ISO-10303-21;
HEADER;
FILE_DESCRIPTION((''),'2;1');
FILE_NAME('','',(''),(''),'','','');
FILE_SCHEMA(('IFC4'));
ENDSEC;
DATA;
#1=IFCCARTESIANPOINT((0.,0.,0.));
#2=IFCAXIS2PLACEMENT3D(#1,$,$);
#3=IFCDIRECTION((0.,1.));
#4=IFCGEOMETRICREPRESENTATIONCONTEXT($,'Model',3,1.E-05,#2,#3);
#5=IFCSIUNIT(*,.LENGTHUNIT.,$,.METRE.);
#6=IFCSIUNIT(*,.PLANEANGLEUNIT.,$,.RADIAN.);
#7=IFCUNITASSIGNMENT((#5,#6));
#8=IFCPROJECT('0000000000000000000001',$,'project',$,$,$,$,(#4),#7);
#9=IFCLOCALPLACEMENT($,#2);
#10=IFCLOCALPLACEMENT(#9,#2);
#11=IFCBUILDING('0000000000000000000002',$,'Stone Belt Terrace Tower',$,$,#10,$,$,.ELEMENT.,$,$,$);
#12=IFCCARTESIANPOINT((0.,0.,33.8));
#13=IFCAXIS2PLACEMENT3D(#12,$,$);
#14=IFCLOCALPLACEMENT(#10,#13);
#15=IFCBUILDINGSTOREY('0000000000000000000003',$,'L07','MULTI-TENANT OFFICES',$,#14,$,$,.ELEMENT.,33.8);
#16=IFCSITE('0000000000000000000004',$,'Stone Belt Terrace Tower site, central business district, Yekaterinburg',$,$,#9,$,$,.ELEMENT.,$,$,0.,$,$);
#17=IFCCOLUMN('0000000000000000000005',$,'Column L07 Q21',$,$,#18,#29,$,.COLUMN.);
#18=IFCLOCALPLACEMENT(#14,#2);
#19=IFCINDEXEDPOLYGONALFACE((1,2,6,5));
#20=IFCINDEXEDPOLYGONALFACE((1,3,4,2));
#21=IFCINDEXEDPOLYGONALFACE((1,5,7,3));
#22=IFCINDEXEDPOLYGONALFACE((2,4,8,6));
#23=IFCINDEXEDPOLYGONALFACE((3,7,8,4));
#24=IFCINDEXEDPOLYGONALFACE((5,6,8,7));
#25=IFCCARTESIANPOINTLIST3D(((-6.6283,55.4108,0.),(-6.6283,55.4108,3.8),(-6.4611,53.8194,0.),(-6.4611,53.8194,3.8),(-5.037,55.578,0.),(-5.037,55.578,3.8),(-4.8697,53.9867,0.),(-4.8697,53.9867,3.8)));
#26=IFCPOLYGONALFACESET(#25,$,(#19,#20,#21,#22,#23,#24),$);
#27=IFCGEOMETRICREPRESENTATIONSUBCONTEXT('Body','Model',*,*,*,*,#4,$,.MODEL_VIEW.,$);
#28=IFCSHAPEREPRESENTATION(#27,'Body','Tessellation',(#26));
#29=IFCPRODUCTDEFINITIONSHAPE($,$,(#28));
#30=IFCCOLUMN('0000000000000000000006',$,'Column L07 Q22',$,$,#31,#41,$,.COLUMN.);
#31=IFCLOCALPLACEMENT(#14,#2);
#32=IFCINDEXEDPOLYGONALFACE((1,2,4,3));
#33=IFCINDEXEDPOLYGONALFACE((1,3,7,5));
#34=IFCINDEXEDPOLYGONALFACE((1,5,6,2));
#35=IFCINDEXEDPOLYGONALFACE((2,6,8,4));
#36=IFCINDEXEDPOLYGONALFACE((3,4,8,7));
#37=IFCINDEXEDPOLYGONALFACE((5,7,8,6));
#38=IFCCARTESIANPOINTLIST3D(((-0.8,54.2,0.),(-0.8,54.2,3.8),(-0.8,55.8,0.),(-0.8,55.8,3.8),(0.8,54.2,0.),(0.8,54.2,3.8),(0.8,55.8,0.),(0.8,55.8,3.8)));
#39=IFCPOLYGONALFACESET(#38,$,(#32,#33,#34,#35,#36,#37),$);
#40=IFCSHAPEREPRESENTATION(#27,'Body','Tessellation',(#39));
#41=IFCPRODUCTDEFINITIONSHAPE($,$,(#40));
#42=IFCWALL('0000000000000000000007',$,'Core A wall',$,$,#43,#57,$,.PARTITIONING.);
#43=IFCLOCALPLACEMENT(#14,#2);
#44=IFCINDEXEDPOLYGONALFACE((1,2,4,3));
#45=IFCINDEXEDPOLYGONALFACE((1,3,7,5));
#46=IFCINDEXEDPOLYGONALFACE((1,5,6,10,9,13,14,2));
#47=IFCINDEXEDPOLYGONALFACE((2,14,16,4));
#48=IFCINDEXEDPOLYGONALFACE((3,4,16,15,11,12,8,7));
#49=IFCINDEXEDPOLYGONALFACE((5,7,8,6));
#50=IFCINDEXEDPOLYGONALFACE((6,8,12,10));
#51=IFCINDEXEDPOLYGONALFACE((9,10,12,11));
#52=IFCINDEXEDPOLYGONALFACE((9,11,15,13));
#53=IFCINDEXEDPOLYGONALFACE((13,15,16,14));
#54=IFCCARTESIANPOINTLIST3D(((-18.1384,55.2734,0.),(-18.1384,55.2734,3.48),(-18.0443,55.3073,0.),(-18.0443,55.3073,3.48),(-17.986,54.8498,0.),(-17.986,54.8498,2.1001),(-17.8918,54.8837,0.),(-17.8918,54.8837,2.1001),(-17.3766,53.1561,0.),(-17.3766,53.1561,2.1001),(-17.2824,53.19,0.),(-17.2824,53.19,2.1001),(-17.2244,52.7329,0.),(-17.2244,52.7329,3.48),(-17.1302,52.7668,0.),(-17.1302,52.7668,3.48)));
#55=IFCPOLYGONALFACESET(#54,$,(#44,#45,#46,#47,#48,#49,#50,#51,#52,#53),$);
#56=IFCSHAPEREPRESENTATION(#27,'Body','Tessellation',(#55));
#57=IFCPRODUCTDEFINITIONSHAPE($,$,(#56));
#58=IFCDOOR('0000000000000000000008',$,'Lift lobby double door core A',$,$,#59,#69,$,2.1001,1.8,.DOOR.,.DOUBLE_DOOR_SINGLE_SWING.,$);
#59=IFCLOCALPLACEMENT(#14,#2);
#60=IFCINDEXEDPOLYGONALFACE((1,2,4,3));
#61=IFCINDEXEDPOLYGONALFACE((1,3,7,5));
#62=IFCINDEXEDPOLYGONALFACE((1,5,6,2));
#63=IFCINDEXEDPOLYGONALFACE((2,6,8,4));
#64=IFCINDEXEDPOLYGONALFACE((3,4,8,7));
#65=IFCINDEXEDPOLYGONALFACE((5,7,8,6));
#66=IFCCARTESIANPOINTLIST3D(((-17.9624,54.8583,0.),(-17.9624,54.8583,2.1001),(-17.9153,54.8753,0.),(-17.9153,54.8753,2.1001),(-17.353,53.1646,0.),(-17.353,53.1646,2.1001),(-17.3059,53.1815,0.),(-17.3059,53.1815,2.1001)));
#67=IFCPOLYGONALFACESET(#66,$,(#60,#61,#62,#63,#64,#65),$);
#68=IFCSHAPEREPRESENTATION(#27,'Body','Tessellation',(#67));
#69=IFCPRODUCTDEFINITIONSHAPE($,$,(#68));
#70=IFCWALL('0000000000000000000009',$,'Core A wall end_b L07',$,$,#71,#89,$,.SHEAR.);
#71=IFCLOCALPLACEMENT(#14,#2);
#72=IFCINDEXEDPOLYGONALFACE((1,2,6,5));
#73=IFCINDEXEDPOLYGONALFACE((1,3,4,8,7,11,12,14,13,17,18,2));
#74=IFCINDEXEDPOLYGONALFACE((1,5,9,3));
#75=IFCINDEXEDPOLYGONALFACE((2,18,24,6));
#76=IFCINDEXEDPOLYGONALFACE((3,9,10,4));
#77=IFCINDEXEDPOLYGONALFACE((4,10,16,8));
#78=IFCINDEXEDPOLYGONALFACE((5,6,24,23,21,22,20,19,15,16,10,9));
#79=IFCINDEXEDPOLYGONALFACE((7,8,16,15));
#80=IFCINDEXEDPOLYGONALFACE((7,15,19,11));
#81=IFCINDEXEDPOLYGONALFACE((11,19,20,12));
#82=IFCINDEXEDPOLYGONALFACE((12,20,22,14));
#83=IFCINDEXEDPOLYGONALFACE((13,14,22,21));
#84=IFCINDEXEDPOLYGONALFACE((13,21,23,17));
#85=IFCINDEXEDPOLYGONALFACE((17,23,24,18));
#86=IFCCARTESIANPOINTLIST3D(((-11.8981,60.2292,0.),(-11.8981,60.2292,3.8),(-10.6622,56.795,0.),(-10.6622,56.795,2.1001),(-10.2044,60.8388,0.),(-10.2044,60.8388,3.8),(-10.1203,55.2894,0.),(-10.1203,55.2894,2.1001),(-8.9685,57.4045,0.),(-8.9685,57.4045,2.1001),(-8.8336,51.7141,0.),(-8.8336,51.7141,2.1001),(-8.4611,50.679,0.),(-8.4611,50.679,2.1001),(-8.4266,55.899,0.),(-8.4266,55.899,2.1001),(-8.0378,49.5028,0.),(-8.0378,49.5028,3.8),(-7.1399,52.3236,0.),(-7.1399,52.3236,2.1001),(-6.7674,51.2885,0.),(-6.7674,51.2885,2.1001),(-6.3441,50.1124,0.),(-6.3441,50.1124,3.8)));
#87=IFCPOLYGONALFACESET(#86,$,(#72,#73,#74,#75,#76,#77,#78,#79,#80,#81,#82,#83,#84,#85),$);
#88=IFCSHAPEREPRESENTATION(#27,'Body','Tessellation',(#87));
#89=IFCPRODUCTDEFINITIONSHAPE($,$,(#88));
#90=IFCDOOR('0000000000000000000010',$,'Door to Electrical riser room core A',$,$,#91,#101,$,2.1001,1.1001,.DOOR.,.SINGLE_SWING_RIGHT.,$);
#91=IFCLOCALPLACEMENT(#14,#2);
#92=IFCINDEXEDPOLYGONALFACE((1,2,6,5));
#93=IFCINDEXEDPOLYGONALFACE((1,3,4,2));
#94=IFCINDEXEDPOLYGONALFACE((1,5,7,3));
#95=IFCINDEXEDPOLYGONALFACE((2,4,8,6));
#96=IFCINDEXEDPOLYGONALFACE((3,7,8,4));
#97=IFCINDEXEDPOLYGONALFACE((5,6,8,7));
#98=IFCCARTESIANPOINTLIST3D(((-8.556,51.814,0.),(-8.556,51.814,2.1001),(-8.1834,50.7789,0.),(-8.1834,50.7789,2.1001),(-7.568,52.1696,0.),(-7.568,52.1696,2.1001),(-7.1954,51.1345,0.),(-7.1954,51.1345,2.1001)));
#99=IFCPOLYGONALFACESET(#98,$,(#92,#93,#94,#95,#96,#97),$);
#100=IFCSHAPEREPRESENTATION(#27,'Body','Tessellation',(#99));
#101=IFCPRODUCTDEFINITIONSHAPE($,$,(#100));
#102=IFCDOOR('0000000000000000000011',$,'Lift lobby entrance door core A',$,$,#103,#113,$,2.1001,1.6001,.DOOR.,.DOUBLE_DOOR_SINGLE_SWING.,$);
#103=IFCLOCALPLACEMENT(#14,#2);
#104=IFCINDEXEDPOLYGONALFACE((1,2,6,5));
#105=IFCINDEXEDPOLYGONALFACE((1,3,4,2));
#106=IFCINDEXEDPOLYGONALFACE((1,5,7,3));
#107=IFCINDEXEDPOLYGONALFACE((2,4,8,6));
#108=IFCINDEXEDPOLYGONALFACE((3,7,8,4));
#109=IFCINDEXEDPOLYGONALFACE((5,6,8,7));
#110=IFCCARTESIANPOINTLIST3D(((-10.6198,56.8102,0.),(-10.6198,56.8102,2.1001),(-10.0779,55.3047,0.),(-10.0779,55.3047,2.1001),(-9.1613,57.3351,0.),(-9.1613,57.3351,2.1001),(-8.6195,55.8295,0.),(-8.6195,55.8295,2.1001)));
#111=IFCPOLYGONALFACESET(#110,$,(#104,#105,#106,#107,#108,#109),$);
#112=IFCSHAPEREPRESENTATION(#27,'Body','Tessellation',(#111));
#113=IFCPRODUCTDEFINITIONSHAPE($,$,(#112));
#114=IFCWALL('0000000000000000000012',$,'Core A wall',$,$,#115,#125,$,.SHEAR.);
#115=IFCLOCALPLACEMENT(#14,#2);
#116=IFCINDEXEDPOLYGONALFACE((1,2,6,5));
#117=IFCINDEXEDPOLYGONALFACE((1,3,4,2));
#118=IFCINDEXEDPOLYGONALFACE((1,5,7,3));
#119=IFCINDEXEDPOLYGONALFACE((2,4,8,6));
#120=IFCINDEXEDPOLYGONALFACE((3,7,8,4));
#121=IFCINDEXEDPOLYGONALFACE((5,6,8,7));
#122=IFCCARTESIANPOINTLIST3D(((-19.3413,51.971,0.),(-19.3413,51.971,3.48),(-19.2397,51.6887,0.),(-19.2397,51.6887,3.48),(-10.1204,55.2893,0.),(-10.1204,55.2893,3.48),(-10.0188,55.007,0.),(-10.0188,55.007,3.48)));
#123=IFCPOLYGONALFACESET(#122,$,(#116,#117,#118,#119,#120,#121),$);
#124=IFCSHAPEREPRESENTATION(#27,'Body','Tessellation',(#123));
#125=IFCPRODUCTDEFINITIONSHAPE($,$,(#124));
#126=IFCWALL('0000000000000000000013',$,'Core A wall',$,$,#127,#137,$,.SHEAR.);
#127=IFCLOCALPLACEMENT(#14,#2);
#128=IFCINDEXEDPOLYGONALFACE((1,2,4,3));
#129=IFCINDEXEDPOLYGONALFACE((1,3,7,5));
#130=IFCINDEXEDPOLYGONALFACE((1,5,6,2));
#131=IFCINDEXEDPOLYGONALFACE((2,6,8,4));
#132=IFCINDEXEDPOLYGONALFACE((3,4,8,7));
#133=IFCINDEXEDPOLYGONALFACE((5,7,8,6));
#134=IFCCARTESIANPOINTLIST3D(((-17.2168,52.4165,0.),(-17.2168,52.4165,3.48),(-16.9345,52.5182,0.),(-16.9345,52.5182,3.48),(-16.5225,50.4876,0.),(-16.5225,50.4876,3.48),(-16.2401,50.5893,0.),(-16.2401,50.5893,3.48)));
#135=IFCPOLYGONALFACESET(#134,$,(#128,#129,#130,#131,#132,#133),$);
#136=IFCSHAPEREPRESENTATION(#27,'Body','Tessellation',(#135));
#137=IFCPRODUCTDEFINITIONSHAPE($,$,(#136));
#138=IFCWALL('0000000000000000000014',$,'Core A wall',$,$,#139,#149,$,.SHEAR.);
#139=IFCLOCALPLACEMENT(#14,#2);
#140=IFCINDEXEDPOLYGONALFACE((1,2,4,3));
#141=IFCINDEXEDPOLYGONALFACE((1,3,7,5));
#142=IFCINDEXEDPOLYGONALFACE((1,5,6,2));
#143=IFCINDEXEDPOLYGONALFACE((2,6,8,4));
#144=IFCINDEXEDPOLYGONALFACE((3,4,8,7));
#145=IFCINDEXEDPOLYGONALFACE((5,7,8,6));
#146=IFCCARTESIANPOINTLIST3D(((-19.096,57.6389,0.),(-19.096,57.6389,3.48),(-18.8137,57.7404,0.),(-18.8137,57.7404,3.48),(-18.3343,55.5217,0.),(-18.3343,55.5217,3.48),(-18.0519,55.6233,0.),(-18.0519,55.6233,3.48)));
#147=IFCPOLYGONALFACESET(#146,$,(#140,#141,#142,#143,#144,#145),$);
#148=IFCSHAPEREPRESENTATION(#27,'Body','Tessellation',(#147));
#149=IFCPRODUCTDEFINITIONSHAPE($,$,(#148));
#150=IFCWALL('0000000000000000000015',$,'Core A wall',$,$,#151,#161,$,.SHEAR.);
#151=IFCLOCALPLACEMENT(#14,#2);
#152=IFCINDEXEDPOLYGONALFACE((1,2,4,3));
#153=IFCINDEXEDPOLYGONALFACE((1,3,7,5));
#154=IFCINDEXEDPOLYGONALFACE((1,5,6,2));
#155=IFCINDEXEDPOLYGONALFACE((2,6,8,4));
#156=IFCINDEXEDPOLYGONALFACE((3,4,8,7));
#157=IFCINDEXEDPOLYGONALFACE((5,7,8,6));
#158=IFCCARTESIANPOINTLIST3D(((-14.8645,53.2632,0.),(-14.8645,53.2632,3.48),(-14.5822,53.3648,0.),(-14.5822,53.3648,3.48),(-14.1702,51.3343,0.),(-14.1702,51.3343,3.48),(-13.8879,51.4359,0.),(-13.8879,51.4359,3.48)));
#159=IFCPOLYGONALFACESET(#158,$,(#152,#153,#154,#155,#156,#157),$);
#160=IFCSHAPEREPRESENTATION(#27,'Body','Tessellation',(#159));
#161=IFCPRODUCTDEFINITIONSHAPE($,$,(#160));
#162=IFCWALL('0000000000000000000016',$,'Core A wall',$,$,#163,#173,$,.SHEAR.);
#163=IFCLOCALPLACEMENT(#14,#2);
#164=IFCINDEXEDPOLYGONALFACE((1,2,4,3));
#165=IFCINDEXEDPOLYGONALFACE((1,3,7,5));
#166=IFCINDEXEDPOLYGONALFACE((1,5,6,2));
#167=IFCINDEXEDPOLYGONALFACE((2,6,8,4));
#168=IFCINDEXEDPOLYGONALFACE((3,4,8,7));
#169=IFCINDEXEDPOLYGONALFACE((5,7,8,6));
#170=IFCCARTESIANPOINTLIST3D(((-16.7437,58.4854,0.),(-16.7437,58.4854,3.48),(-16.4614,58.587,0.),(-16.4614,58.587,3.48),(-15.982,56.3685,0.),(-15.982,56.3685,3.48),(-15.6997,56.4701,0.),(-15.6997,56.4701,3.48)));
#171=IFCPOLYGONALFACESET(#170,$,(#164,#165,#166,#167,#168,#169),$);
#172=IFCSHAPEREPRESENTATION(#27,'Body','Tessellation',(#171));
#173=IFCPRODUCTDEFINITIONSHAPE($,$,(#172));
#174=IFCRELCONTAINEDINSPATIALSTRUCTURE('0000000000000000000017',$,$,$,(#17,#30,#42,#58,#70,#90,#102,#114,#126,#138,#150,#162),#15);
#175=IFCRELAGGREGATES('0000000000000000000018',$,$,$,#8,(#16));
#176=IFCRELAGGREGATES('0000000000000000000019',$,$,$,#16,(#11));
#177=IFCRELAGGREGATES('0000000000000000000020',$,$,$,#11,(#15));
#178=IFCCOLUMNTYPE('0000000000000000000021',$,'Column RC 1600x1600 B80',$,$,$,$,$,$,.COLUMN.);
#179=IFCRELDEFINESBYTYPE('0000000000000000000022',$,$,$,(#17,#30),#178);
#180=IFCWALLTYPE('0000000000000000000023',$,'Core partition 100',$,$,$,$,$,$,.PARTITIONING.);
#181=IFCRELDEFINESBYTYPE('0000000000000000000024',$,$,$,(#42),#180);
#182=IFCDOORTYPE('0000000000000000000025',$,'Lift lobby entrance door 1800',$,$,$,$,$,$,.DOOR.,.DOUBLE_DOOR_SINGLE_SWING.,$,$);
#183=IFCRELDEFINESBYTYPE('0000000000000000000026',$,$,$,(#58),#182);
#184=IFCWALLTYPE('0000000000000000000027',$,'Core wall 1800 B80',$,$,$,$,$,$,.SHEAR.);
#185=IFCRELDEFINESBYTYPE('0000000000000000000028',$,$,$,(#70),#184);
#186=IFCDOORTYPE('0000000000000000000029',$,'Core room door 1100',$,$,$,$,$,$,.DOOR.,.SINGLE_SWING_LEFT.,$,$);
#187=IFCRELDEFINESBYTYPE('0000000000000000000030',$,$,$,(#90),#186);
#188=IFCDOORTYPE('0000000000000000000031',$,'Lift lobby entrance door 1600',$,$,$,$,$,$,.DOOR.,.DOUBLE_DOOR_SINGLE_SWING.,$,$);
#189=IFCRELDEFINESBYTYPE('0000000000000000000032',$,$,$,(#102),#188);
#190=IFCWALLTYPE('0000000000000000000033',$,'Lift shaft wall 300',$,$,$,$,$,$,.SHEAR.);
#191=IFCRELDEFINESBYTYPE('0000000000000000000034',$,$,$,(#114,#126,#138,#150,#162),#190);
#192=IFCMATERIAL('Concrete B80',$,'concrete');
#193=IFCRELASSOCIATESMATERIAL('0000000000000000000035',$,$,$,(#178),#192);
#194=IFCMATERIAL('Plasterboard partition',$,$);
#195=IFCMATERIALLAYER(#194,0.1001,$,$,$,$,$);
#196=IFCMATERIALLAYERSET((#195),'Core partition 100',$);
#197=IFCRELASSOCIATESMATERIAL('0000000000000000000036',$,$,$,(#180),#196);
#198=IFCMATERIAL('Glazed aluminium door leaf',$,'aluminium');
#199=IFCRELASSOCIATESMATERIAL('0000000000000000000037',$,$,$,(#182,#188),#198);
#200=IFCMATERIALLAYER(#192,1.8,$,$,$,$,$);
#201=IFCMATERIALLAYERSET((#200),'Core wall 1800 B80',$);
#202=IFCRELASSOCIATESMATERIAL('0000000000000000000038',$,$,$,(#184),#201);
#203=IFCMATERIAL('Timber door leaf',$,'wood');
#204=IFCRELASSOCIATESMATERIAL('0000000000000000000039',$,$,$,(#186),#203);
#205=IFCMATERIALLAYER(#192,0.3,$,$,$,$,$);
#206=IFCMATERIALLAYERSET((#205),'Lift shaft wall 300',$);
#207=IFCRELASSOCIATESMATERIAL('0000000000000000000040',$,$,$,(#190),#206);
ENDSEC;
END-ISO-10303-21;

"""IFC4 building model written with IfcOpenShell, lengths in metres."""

from ifc_helpers import new_model, si_unit, direction, frame, frame_2d, origin, origin_2d, place, context, subcontext, project, spatial, rectangle, extrude, material, layer, layer_set, material_profile, profile_set, type_object, element, fill, save


model = new_model("IFC4")

# Units and contexts
model_context = context("Model", 3, precision=1e-05, world=origin(), true_north=direction((0.0, 1.0)))
body_context = subcontext(model_context, "Body", "Model", "MODEL_VIEW")
ifc_project = project(units=[si_unit("LENGTHUNIT", "METRE"), si_unit("PLANEANGLEUNIT", "RADIAN")], contexts=[model_context])

# Site, building, storey
site_placement = place(None, origin())
site = spatial("IfcSite", under=ifc_project, at=site_placement, Name="Stone Belt Terrace Tower site, central business district, Yekaterinburg", CompositionType="ELEMENT", RefElevation=0.0)
building_placement = place(site_placement, origin())
building = spatial("IfcBuilding", under=site, at=building_placement, Name="Stone Belt Terrace Tower", CompositionType="ELEMENT")
storey_placement = place(building_placement, frame((0.0, 0.0, 33.8)))
storey = spatial("IfcBuildingStorey", under=building, at=storey_placement, Name="L07", Description="MULTI-TENANT OFFICES", CompositionType="ELEMENT", Elevation=33.8)

# Columns
ifc_material_1 = material(Name="Concrete B80", Category="concrete")
ifc_material_profile = material_profile(ifc_material_1, rectangle(XDim=1.6001, YDim=1.6001, at=origin_2d()), Name="RC 1600x1600")
ifc_profile_set = profile_set([ifc_material_profile], Name="Concrete B80")
column_type = type_object("IfcColumnType", Name="Column RC 1600x1600 B80", PredefinedType="COLUMN", material=ifc_profile_set)
for number, where, z_axis, x_axis, name in (
    (1, (-5.749, 54.6987, 0.0), (0.0, 0.0, 1.0), (0.994522, 0.104528, 0.0), "Column L07 Q21"),
    (2, (0.0, 55.0, 0.0), (0.0, 0.0, 1.0), (1.0, 0.0, 0.0), "Column L07 Q22"),
):
    element("IfcColumn", number, at=place(storey_placement, frame(where, z_axis=z_axis, x_axis=x_axis)), inside=storey, type_object=column_type, Name=name, PredefinedType="COLUMN", context=body_context, shape_type="SweptSolid", body=[
        extrude(rectangle(XDim=1.6001, YDim=1.6001, at=origin_2d()), origin(), (0.0, 0.0, 1.0), 3.8),
    ])

# Wall, opening, door
ifc_material_2 = material(Name="Plasterboard partition")
ifc_layer_1 = layer(ifc_material_2, 0.1001)
ifc_layer_set_1 = layer_set([ifc_layer_1], Name="Core partition 100")
wall_type_1 = type_object("IfcWallType", Name="Core partition 100", PredefinedType="PARTITIONING", material=ifc_layer_set_1)
wall_1_placement = place(storey_placement, frame((-17.1772, 52.7498, 0.0), z_axis=(0.0, 0.0, 1.0), x_axis=(-0.338547, 0.94095, 0.0)))
wall_1 = element("IfcWall", 3, at=wall_1_placement, inside=storey, type_object=wall_type_1, Name="Core A wall", PredefinedType="PARTITIONING", context=body_context, shape_type="SweptSolid", body=[
    extrude(rectangle(XDim=2.7, YDim=0.1001, at=frame_2d((1.3501, 0.0))), origin(), (0.0, 0.0, 1.0), 3.48),
])
opening_1_placement = place(wall_1_placement, frame((0.45, 0.0, 0.0)))
opening_1 = element("IfcOpeningElement", 4, at=opening_1_placement, cuts=wall_1, PredefinedType="OPENING", context=body_context, shape_type="SweptSolid", body=[
    extrude(rectangle(XDim=1.8, YDim=2.1001, at=frame_2d((0.8999, 1.05))), frame((0.0, 0.0601, 0.0), z_axis=(0.0, -1.0, 0.0), x_axis=(1.0, 0.0, 0.0)), (0.0, 0.0, 1.0), 0.1201),
])
ifc_material_3 = material(Name="Glazed aluminium door leaf", Category="aluminium")
door_type_1 = type_object("IfcDoorType", Name="Lift lobby entrance door 1800", OperationType="DOUBLE_DOOR_SINGLE_SWING", PredefinedType="DOOR", material=ifc_material_3)
door_1_placement = place(opening_1_placement, origin())
door_1 = element("IfcDoor", 5, at=door_1_placement, inside=storey, type_object=door_type_1, Name="Lift lobby double door core A", OperationType="DOUBLE_DOOR_SINGLE_SWING", OverallHeight=2.1001, OverallWidth=1.8, PredefinedType="DOOR", context=body_context, shape_type="SweptSolid", body=[
    extrude(rectangle(XDim=1.8, YDim=2.1001, at=frame_2d((0.8999, 1.05))), frame((0.0, 0.0249, 0.0), z_axis=(0.0, -1.0, 0.0), x_axis=(1.0, 0.0, 0.0)), (0.0, 0.0, 1.0), 0.05),
])
fill(opening_1, door_1)

# Wall, openings, doors
ifc_layer_2 = layer(ifc_material_1, 1.8)
ifc_layer_set_2 = layer_set([ifc_layer_2], Name="Core wall 1800 B80")
wall_type_2 = type_object("IfcWallType", Name="Core wall 1800 B80", PredefinedType="SHEAR", material=ifc_layer_set_2)
wall_2_placement = place(storey_placement, frame((-7.1909, 49.8076, 0.0), z_axis=(0.0, 0.0, 1.0), x_axis=(-0.338632, 0.940919, 0.0)))
wall_2 = element("IfcWall", 6, at=wall_2_placement, inside=storey, type_object=wall_type_2, Name="Core A wall end_b L07", PredefinedType="SHEAR", context=body_context, shape_type="SweptSolid", body=[
    extrude(rectangle(XDim=11.3999, YDim=1.8, at=frame_2d((5.7, 0.0))), origin(), (0.0, 0.0, 1.0), 3.8),
])
opening_2_placement = place(wall_2_placement, frame((6.1499, 0.0, 0.0)))
opening_2 = element("IfcOpeningElement", 7, at=opening_2_placement, cuts=wall_2, PredefinedType="OPENING", context=body_context, shape_type="SweptSolid", body=[
    extrude(rectangle(XDim=1.6001, YDim=2.1001, at=frame_2d((0.8, 1.05))), frame((0.0, 0.9099, 0.0), z_axis=(0.0, -1.0, 0.0), x_axis=(1.0, 0.0, 0.0)), (0.0, 0.0, 1.0), 1.8201),
])
opening_3_placement = place(wall_2_placement, frame((1.25, 0.0, 0.0)))
opening_3 = element("IfcOpeningElement", 8, at=opening_3_placement, cuts=wall_2, PredefinedType="OPENING", context=body_context, shape_type="SweptSolid", body=[
    extrude(rectangle(XDim=1.1001, YDim=2.1001, at=frame_2d((0.55, 1.05))), frame((0.0, 0.9099, 0.0), z_axis=(0.0, -1.0, 0.0), x_axis=(1.0, 0.0, 0.0)), (0.0, 0.0, 1.0), 1.8201),
])
ifc_material_4 = material(Name="Timber door leaf", Category="wood")
door_type_2 = type_object("IfcDoorType", Name="Core room door 1100", OperationType="SINGLE_SWING_LEFT", PredefinedType="DOOR", material=ifc_material_4)
door_2_placement = place(opening_3_placement, origin())
door_2 = element("IfcDoor", 9, at=door_2_placement, inside=storey, type_object=door_type_2, Name="Door to Electrical riser room core A", OperationType="SINGLE_SWING_RIGHT", OverallHeight=2.1001, OverallWidth=1.1001, PredefinedType="DOOR", context=body_context, shape_type="SweptSolid", body=[
    extrude(rectangle(XDim=1.1001, YDim=2.1001, at=frame_2d((0.55, 1.05))), frame((0.0, 0.605, 0.0), z_axis=(0.0, -1.0, 0.0), x_axis=(1.0, 0.0, 0.0)), (0.0, 0.0, 1.0), 1.05),
])
fill(opening_3, door_2)
door_type_3 = type_object("IfcDoorType", Name="Lift lobby entrance door 1600", OperationType="DOUBLE_DOOR_SINGLE_SWING", PredefinedType="DOOR", material=ifc_material_3)
door_3_placement = place(opening_2_placement, origin())
door_3 = element("IfcDoor", 10, at=door_3_placement, inside=storey, type_object=door_type_3, Name="Lift lobby entrance door core A", OperationType="DOUBLE_DOOR_SINGLE_SWING", OverallHeight=2.1001, OverallWidth=1.6001, PredefinedType="DOOR", context=body_context, shape_type="SweptSolid", body=[
    extrude(rectangle(XDim=1.6001, YDim=2.1001, at=frame_2d((0.8, 1.05))), frame((0.0, 0.855, 0.0), z_axis=(0.0, -1.0, 0.0), x_axis=(1.0, 0.0, 0.0)), (0.0, 0.0, 1.0), 1.55),
])
fill(opening_2, door_3)

# Walls
ifc_layer_3 = layer(ifc_material_1, 0.3)
ifc_layer_set_3 = layer_set([ifc_layer_3], Name="Lift shaft wall 300")
wall_type_3 = type_object("IfcWallType", Name="Lift shaft wall 300", PredefinedType="SHEAR", material=ifc_layer_set_3)
wall_3_placement = place(storey_placement, frame((-19.2905, 51.8298, 0.0), z_axis=(0.0, 0.0, 1.0), x_axis=(0.940926, 0.338613, 0.0)))
element("IfcWall", 11, at=wall_3_placement, inside=storey, type_object=wall_type_3, Name="Core A wall", PredefinedType="SHEAR", context=body_context, shape_type="SweptSolid", body=[
    extrude(rectangle(XDim=9.7998, YDim=0.3, at=frame_2d((4.8999, 0.0))), origin(), (0.0, 0.0, 1.0), 3.48),
])
wall_4_placement = place(storey_placement, frame((-16.3813, 50.5386, 0.0), z_axis=(0.0, 0.0, 1.0), x_axis=(-0.338682, 0.940901, 0.0)))
element("IfcWall", 12, at=wall_4_placement, inside=storey, type_object=wall_type_3, Name="Core A wall", PredefinedType="SHEAR", context=body_context, shape_type="SweptSolid", body=[
    extrude(rectangle(XDim=2.05, YDim=0.3, at=frame_2d((1.0249, 0.0))), origin(), (0.0, 0.0, 1.0), 3.48),
])
wall_5_placement = place(storey_placement, frame((-18.1931, 55.5725, 0.0), z_axis=(0.0, 0.0, 1.0), x_axis=(-0.338535, 0.940954, 0.0)))
element("IfcWall", 13, at=wall_5_placement, inside=storey, type_object=wall_type_3, Name="Core A wall", PredefinedType="SHEAR", context=body_context, shape_type="SweptSolid", body=[
    extrude(rectangle(XDim=2.25, YDim=0.3, at=frame_2d((1.125, 0.0))), origin(), (0.0, 0.0, 1.0), 3.48),
])
wall_6_placement = place(storey_placement, frame((-14.0291, 51.3853, 0.0), z_axis=(0.0, 0.0, 1.0), x_axis=(-0.338682, 0.940901, 0.0)))
element("IfcWall", 14, at=wall_6_placement, inside=storey, type_object=wall_type_3, Name="Core A wall", PredefinedType="SHEAR", context=body_context, shape_type="SweptSolid", body=[
    extrude(rectangle(XDim=2.05, YDim=0.3, at=frame_2d((1.0249, 0.0))), origin(), (0.0, 0.0, 1.0), 3.48),
])
wall_7_placement = place(storey_placement, frame((-15.8408, 56.4192, 0.0), z_axis=(0.0, 0.0, 1.0), x_axis=(-0.33857, 0.940941, 0.0)))
element("IfcWall", 15, at=wall_7_placement, inside=storey, type_object=wall_type_3, Name="Core A wall", PredefinedType="SHEAR", context=body_context, shape_type="SweptSolid", body=[
    extrude(rectangle(XDim=2.2498, YDim=0.3, at=frame_2d((1.125, 0.0))), origin(), (0.0, 0.0, 1.0), 3.48),
])

save(model, "model.ifc")
